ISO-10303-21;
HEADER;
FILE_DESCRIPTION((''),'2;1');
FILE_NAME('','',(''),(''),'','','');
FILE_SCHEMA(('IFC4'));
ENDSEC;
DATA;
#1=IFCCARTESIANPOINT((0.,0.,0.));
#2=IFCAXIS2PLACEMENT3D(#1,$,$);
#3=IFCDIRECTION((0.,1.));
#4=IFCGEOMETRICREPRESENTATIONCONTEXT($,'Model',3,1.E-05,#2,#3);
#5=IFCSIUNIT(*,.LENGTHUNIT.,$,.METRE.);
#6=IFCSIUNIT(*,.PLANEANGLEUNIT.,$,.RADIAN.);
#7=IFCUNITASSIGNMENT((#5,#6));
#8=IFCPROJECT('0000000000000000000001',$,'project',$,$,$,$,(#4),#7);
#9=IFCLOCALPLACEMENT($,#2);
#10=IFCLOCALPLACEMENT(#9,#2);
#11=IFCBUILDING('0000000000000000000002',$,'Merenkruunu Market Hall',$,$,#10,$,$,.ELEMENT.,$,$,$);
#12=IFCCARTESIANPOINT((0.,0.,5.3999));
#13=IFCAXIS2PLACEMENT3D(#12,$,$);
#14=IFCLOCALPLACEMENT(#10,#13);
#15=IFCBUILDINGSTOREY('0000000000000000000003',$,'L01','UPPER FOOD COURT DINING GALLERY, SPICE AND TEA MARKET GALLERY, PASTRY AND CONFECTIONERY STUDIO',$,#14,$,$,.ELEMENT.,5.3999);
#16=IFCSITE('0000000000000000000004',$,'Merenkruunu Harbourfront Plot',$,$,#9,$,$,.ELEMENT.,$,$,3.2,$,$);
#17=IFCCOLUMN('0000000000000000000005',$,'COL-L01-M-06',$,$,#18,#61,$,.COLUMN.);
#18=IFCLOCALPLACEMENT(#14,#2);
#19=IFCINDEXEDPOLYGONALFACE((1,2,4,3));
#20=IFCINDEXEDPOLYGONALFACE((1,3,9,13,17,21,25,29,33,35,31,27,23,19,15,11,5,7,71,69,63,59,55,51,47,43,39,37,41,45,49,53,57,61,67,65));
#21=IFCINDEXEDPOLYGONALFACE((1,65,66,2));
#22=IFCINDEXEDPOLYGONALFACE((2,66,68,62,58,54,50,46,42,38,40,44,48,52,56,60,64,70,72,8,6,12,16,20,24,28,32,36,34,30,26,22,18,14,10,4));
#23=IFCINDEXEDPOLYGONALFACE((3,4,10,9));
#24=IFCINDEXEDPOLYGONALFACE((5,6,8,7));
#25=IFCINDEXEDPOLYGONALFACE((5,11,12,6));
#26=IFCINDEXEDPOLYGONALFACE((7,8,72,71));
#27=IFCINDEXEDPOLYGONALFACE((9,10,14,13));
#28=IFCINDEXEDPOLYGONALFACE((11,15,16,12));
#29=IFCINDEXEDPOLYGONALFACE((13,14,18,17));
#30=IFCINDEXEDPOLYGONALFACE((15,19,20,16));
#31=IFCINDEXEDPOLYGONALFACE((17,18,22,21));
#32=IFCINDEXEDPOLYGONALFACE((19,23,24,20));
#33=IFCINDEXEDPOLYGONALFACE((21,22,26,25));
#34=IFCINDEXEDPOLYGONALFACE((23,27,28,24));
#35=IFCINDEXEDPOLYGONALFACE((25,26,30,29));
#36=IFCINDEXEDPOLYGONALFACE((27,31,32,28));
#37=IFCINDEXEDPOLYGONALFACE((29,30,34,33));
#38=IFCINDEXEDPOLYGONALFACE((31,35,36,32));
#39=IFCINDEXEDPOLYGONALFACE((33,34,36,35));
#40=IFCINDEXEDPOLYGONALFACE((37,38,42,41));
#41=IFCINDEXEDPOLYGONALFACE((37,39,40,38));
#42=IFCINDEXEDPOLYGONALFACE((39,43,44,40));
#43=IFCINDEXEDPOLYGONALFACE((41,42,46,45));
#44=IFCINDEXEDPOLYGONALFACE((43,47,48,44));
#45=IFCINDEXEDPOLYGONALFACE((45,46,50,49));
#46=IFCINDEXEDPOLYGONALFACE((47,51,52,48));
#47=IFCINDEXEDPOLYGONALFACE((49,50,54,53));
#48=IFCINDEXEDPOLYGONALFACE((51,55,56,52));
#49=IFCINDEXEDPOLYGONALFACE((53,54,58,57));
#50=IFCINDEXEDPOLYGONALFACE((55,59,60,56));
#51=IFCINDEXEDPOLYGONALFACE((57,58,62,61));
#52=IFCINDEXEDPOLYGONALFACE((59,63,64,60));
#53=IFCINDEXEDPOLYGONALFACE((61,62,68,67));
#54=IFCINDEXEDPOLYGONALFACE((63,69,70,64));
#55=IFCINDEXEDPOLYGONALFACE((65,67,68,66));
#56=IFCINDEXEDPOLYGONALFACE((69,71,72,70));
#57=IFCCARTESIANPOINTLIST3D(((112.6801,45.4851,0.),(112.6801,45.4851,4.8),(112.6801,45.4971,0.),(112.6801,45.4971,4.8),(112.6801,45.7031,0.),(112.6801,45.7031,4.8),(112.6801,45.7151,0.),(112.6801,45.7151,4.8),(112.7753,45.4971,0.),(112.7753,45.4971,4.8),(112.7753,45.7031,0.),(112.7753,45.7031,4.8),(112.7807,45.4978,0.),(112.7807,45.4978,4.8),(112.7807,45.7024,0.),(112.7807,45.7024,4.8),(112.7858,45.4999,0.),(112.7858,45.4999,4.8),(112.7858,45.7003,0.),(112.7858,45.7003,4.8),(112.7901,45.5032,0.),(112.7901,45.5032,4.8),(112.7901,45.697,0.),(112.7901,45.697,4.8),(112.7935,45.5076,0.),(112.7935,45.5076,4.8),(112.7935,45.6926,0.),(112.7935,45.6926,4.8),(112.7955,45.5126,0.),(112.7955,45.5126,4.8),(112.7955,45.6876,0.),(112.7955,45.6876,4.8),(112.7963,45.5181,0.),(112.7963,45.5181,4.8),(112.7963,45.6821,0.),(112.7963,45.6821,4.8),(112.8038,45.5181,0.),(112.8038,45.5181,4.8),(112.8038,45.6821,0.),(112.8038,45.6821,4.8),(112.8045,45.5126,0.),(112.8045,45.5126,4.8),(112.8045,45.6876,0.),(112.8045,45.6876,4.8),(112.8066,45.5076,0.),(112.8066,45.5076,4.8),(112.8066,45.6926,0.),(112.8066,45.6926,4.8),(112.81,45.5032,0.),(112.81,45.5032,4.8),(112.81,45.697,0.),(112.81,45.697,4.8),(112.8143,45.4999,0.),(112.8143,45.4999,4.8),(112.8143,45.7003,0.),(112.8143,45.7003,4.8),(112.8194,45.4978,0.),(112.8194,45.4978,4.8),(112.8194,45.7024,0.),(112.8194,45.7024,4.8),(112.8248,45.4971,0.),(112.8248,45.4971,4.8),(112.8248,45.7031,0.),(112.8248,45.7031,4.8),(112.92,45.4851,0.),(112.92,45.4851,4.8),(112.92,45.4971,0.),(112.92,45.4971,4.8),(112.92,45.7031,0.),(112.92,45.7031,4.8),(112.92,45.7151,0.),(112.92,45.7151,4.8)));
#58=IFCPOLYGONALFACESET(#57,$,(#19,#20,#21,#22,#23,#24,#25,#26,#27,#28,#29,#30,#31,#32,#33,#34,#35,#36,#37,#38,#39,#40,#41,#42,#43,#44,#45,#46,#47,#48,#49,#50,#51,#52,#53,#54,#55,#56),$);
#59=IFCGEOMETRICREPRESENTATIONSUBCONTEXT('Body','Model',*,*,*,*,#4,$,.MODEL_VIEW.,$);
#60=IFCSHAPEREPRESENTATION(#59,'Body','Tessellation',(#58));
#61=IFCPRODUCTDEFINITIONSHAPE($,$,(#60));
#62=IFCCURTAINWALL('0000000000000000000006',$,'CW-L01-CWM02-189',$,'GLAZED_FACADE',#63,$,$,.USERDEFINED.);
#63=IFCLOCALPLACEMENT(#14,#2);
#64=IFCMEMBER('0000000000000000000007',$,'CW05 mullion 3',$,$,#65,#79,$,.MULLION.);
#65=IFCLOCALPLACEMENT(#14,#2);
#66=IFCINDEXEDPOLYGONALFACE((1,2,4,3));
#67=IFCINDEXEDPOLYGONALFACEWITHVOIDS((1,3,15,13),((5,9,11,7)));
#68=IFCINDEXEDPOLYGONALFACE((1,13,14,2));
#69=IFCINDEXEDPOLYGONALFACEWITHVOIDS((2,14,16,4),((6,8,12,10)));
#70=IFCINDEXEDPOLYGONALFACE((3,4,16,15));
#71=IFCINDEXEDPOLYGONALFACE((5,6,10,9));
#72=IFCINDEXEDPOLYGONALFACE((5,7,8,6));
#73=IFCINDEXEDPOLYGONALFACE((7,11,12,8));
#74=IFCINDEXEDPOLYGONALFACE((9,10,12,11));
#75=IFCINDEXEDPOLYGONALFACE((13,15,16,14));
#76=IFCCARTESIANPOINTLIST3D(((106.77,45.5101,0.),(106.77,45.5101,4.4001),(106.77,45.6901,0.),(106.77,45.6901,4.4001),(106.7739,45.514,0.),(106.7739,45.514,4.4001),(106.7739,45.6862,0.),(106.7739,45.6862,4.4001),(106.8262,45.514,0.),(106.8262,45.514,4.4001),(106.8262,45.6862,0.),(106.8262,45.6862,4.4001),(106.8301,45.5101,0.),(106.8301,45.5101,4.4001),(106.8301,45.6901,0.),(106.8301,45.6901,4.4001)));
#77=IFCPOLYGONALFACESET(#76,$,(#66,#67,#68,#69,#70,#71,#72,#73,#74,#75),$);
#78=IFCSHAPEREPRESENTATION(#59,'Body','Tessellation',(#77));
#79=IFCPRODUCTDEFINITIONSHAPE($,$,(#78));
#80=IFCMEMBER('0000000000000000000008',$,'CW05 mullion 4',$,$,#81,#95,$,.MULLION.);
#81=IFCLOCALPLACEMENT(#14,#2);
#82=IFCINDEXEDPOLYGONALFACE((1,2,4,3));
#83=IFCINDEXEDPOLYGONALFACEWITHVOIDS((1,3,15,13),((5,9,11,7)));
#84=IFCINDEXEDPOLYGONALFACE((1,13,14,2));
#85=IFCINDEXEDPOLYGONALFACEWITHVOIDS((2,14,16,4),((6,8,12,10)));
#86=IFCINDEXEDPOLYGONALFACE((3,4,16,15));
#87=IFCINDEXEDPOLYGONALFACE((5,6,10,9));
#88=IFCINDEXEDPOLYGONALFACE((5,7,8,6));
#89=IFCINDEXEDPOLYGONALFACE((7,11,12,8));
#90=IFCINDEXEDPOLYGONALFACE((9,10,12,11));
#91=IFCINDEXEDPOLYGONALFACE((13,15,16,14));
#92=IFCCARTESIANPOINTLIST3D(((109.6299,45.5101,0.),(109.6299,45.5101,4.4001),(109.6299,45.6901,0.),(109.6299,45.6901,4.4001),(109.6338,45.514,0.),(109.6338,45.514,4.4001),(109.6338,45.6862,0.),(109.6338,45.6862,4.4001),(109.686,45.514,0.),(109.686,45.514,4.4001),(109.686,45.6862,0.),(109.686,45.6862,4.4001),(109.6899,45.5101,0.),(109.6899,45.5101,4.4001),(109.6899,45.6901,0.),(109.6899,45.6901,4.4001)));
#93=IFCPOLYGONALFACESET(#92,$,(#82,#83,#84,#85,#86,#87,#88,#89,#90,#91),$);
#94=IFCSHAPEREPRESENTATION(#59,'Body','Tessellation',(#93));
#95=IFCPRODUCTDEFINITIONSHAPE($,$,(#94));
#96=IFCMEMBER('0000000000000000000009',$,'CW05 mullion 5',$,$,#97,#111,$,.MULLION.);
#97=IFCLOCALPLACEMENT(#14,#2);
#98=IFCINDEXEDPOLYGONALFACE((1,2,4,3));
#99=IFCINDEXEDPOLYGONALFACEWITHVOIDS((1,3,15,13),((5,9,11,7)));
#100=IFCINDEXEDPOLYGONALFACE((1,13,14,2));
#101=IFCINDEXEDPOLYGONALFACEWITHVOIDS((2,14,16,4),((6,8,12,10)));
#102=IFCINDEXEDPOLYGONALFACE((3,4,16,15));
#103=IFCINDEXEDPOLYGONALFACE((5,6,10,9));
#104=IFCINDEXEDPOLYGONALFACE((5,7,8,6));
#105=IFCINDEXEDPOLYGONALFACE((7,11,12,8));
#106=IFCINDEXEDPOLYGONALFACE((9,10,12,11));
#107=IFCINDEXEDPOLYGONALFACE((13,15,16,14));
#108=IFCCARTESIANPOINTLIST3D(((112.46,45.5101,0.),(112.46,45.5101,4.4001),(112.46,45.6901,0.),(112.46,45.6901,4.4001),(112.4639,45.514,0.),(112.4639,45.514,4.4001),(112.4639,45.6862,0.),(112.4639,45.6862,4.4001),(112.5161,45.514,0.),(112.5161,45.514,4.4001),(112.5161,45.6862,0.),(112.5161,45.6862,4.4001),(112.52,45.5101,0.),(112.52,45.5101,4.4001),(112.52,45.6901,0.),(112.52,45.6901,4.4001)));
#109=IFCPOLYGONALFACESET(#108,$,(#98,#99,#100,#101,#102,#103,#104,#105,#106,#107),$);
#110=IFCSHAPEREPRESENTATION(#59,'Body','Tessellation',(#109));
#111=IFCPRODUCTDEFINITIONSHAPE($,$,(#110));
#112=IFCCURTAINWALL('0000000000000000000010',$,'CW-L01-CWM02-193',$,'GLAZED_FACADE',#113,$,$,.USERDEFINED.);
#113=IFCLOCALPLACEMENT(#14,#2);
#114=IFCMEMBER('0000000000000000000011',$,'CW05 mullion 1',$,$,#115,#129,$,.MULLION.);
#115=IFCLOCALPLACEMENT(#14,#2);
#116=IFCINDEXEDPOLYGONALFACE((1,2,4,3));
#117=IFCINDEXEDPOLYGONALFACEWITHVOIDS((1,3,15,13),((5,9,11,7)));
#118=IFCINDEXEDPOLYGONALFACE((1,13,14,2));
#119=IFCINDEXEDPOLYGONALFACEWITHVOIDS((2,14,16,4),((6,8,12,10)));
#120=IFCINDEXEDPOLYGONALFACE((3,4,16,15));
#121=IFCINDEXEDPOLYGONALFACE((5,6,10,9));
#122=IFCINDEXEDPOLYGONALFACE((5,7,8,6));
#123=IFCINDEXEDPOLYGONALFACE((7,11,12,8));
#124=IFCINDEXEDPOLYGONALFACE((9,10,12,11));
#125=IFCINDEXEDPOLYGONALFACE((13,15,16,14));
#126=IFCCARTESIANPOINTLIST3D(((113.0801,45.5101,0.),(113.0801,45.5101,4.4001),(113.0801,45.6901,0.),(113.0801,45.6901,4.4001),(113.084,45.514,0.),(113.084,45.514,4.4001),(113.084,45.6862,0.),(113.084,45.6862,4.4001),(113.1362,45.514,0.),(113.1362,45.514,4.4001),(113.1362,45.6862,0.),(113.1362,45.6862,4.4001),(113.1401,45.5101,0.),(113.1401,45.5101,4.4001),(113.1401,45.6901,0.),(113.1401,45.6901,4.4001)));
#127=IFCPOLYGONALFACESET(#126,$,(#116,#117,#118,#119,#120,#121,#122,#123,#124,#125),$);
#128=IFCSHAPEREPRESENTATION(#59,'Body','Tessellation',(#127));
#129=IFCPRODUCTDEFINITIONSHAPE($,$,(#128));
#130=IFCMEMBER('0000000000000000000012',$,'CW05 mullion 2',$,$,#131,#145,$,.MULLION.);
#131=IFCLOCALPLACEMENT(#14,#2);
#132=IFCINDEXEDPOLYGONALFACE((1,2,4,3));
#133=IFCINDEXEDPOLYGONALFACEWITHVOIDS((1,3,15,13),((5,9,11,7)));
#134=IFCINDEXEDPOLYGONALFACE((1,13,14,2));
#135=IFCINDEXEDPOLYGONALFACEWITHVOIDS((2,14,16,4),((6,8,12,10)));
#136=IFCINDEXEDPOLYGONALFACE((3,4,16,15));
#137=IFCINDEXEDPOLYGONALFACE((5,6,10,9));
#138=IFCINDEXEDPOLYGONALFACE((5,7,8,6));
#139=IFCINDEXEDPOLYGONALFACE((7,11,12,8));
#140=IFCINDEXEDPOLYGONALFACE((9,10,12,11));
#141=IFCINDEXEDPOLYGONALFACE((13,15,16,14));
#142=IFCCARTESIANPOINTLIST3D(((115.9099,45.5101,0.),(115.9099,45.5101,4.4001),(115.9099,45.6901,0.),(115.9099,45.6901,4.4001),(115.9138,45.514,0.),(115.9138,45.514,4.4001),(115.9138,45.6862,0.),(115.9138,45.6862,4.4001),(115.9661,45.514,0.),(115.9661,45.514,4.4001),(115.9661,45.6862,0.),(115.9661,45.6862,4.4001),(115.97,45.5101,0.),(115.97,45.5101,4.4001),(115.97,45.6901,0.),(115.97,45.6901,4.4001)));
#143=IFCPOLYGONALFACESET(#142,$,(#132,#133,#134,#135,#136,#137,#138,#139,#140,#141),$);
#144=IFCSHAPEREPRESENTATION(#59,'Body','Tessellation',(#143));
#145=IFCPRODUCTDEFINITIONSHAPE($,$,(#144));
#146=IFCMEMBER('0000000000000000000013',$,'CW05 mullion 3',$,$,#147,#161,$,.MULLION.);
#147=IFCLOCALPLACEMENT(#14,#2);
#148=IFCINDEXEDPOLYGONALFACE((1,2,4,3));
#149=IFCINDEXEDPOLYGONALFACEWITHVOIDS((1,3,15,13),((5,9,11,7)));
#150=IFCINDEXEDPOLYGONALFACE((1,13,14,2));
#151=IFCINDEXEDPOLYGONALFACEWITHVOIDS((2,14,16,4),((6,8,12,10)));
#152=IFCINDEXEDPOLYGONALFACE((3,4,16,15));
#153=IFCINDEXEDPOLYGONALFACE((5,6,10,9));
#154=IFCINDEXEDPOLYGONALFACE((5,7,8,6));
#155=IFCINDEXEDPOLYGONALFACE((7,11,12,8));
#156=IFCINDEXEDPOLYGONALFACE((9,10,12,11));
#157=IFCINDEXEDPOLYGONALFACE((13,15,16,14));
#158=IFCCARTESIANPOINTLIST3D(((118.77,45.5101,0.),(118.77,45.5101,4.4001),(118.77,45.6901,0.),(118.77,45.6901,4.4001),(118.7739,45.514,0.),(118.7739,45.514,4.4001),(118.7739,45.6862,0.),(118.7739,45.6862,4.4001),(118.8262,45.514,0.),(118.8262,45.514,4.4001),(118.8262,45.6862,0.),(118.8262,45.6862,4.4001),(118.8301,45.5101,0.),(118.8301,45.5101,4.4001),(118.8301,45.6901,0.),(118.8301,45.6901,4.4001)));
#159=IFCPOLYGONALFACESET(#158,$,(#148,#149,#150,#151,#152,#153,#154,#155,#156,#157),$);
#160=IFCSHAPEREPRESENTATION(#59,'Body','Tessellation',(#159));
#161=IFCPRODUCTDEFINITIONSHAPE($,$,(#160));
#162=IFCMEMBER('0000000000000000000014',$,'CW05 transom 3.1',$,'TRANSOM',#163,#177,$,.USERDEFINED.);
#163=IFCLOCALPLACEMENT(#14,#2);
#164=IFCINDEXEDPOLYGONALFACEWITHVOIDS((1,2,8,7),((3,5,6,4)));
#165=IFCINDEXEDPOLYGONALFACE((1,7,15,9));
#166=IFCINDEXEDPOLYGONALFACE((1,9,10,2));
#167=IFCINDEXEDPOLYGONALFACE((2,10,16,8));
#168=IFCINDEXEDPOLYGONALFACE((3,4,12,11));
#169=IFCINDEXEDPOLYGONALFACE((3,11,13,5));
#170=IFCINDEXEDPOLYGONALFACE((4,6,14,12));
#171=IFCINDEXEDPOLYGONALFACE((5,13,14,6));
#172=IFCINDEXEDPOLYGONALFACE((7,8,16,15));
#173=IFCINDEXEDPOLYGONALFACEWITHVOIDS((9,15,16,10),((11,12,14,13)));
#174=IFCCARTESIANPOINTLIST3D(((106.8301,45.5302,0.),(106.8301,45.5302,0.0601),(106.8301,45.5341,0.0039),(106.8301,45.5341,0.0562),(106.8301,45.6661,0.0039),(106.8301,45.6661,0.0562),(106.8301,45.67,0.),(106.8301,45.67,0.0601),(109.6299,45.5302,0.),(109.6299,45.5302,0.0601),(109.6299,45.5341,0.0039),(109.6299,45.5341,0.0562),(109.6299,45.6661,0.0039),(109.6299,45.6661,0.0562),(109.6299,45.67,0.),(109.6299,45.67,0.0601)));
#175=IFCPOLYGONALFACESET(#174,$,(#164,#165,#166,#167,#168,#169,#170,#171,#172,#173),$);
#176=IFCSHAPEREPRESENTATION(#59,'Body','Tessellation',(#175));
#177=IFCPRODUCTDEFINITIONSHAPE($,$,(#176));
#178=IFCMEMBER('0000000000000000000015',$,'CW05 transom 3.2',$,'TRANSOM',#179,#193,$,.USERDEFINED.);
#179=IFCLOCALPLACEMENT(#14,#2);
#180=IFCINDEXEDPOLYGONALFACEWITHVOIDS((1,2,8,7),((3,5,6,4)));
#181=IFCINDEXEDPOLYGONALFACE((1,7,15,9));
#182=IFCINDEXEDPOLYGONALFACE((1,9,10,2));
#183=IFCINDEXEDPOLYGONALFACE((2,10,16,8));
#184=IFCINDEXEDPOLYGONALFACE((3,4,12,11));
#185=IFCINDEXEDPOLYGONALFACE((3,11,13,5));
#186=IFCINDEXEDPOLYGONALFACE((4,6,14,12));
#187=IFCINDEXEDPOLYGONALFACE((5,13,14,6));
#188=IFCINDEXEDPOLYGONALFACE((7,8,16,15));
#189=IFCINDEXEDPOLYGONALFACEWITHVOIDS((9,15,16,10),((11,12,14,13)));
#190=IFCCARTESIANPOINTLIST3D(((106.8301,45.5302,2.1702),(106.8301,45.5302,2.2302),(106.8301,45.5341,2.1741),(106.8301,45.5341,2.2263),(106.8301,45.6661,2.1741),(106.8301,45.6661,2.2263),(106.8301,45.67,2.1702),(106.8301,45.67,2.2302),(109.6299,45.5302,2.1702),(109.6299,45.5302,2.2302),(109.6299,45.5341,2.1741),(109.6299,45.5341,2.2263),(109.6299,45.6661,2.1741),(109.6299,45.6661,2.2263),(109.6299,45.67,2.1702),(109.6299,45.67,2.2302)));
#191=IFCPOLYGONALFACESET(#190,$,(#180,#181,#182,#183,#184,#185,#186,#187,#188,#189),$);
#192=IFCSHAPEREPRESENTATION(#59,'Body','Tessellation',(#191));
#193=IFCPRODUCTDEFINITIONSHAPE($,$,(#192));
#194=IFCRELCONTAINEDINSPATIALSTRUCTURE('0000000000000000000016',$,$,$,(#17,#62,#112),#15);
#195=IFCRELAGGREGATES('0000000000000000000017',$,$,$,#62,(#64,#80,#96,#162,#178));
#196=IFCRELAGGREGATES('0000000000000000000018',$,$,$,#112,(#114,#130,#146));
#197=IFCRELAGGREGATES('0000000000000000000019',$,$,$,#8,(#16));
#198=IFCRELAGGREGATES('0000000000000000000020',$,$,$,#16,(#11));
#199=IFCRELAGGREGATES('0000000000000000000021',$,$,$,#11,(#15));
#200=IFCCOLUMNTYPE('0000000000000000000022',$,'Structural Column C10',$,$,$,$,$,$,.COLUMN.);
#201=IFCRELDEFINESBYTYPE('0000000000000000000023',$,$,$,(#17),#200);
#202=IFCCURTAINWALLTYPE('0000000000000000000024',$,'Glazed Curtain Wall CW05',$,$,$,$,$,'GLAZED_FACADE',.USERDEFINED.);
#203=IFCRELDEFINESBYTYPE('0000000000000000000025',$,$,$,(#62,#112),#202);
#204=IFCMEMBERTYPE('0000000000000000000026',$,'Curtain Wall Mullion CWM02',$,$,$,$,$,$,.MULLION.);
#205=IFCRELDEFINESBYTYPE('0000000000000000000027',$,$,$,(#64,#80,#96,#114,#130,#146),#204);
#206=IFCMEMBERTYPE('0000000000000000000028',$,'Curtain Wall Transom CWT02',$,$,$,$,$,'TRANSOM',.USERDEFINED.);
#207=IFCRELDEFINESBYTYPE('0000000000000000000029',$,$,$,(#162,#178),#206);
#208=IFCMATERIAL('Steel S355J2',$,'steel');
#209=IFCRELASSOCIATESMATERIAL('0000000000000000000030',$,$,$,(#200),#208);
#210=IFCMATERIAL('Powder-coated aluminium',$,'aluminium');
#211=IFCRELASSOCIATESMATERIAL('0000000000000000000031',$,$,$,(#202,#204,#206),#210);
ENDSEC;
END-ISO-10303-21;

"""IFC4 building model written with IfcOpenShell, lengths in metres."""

from ifc_helpers import new_model, si_unit, direction, frame, origin, origin_2d, place, context, subcontext, project, spatial, hollow_rectangle, i_section, extrude, material, material_profile, profile_set, type_object, element, aggregate, save


model = new_model("IFC4")

# Units and contexts
model_context = context("Model", 3, precision=1e-05, world=origin(), true_north=direction((0.0, 1.0)))
body_context = subcontext(model_context, "Body", "Model", "MODEL_VIEW")
ifc_project = project(units=[si_unit("LENGTHUNIT", "METRE"), si_unit("PLANEANGLEUNIT", "RADIAN")], contexts=[model_context])

# Site, building, storey
site_placement = place(None, origin())
site = spatial("IfcSite", under=ifc_project, at=site_placement, Name="Merenkruunu Harbourfront Plot", CompositionType="ELEMENT", RefElevation=3.2)
building_placement = place(site_placement, origin())
building = spatial("IfcBuilding", under=site, at=building_placement, Name="Merenkruunu Market Hall", CompositionType="ELEMENT")
storey_placement = place(building_placement, frame((0.0, 0.0, 5.3999)))
storey = spatial("IfcBuildingStorey", under=building, at=storey_placement, Name="L01", Description="UPPER FOOD COURT DINING GALLERY, SPICE AND TEA MARKET GALLERY, PASTRY AND CONFECTIONERY STUDIO", CompositionType="ELEMENT", Elevation=5.3999)

# Column
ifc_material_1 = material(Name="Steel S355J2", Category="steel")
ifc_material_profile_1 = material_profile(ifc_material_1, i_section(OverallWidth=0.24, OverallDepth=0.23, WebThickness=0.0076, FlangeThickness=0.012, FilletRadius=0.021, at=origin_2d()), Name="HEA 240")
ifc_profile_set_1 = profile_set([ifc_material_profile_1], Name="Steel S355J2")
column_type = type_object("IfcColumnType", Name="Structural Column C10", PredefinedType="COLUMN", material=ifc_profile_set_1)
column_placement = place(storey_placement, frame((112.8, 45.6001, 0.0), z_axis=(0.0, 0.0, 1.0), x_axis=(1.0, 0.0, 0.0)))
element("IfcColumn", 1, at=column_placement, inside=storey, type_object=column_type, Name="COL-L01-M-06", PredefinedType="COLUMN", context=body_context, shape_type="SweptSolid", body=[
    extrude(i_section(OverallWidth=0.24, OverallDepth=0.23, WebThickness=0.0076, FlangeThickness=0.012, FilletRadius=0.021, at=origin_2d()), origin(), (0.0, 0.0, 1.0), 4.8),
])

# Curtain walls, members
ifc_material_2 = material(Name="Powder-coated aluminium", Category="aluminium")
curtain_wall_type = type_object("IfcCurtainWallType", Name="Glazed Curtain Wall CW05", ElementType="GLAZED_FACADE", PredefinedType="USERDEFINED", material=ifc_material_2)
curtain_wall_1_placement = place(storey_placement, origin())
curtain_wall_1 = element("IfcCurtainWall", 2, at=curtain_wall_1_placement, inside=storey, type_object=curtain_wall_type, Name="CW-L01-CWM02-189", ObjectType="GLAZED_FACADE", PredefinedType="USERDEFINED")
ifc_material_profile_2 = material_profile(ifc_material_2, hollow_rectangle(XDim=0.0601, YDim=0.1799, WallThickness=0.0039, at=origin_2d()), Name="ALU 60x180x4")
ifc_profile_set_2 = profile_set([ifc_material_profile_2], Name="Powder-coated aluminium")
member_type_1 = type_object("IfcMemberType", Name="Curtain Wall Mullion CWM02", PredefinedType="MULLION", material=ifc_profile_set_2)
member_1_placement = place(storey_placement, frame((106.8, 45.6001, 0.0), z_axis=(0.0, 0.0, 1.0), x_axis=(1.0, 0.0, 0.0)))
member_1 = element("IfcMember", 3, at=member_1_placement, type_object=member_type_1, Name="CW05 mullion 3", PredefinedType="MULLION", context=body_context, shape_type="SweptSolid", body=[
    extrude(hollow_rectangle(XDim=0.0601, YDim=0.1799, WallThickness=0.0039, at=origin_2d()), origin(), (0.0, 0.0, 1.0), 4.4001),
])
member_2_placement = place(storey_placement, frame((109.6599, 45.6001, 0.0), z_axis=(0.0, 0.0, 1.0), x_axis=(1.0, 0.0, 0.0)))
member_2 = element("IfcMember", 4, at=member_2_placement, type_object=member_type_1, Name="CW05 mullion 4", PredefinedType="MULLION", context=body_context, shape_type="SweptSolid", body=[
    extrude(hollow_rectangle(XDim=0.0601, YDim=0.1799, WallThickness=0.0039, at=origin_2d()), origin(), (0.0, 0.0, 1.0), 4.4001),
])
member_3_placement = place(storey_placement, frame((112.49, 45.6001, 0.0), z_axis=(0.0, 0.0, 1.0), x_axis=(1.0, 0.0, 0.0)))
member_3 = element("IfcMember", 5, at=member_3_placement, type_object=member_type_1, Name="CW05 mullion 5", PredefinedType="MULLION", context=body_context, shape_type="SweptSolid", body=[
    extrude(hollow_rectangle(XDim=0.0601, YDim=0.1799, WallThickness=0.0039, at=origin_2d()), origin(), (0.0, 0.0, 1.0), 4.4001),
])
curtain_wall_2_placement = place(storey_placement, origin())
curtain_wall_2 = element("IfcCurtainWall", 6, at=curtain_wall_2_placement, inside=storey, type_object=curtain_wall_type, Name="CW-L01-CWM02-193", ObjectType="GLAZED_FACADE", PredefinedType="USERDEFINED")
member_4_placement = place(storey_placement, frame((113.1101, 45.6001, 0.0), z_axis=(0.0, 0.0, 1.0), x_axis=(1.0, 0.0, 0.0)))
member_4 = element("IfcMember", 7, at=member_4_placement, type_object=member_type_1, Name="CW05 mullion 1", PredefinedType="MULLION", context=body_context, shape_type="SweptSolid", body=[
    extrude(hollow_rectangle(XDim=0.0601, YDim=0.1799, WallThickness=0.0039, at=origin_2d()), origin(), (0.0, 0.0, 1.0), 4.4001),
])
member_5_placement = place(storey_placement, frame((115.9399, 45.6001, 0.0), z_axis=(0.0, 0.0, 1.0), x_axis=(1.0, 0.0, 0.0)))
member_5 = element("IfcMember", 8, at=member_5_placement, type_object=member_type_1, Name="CW05 mullion 2", PredefinedType="MULLION", context=body_context, shape_type="SweptSolid", body=[
    extrude(hollow_rectangle(XDim=0.0601, YDim=0.1799, WallThickness=0.0039, at=origin_2d()), origin(), (0.0, 0.0, 1.0), 4.4001),
])
member_6_placement = place(storey_placement, frame((118.8, 45.6001, 0.0), z_axis=(0.0, 0.0, 1.0), x_axis=(1.0, 0.0, 0.0)))
member_6 = element("IfcMember", 9, at=member_6_placement, type_object=member_type_1, Name="CW05 mullion 3", PredefinedType="MULLION", context=body_context, shape_type="SweptSolid", body=[
    extrude(hollow_rectangle(XDim=0.0601, YDim=0.1799, WallThickness=0.0039, at=origin_2d()), origin(), (0.0, 0.0, 1.0), 4.4001),
])

# Members
ifc_material_profile_3 = material_profile(ifc_material_2, hollow_rectangle(XDim=0.0601, YDim=0.1399, WallThickness=0.0039, at=origin_2d()), Name="ALU 60x140x4")
ifc_profile_set_3 = profile_set([ifc_material_profile_3], Name="Powder-coated aluminium")
member_type_2 = type_object("IfcMemberType", Name="Curtain Wall Transom CWT02", ElementType="TRANSOM", PredefinedType="USERDEFINED", material=ifc_profile_set_3)
member_7_placement = place(storey_placement, frame((106.8301, 45.6001, 0.03), z_axis=(1.0, 0.0, 0.0), x_axis=(0.0, 0.0, 1.0)))
member_7 = element("IfcMember", 10, at=member_7_placement, type_object=member_type_2, Name="CW05 transom 3.1", ObjectType="TRANSOM", PredefinedType="USERDEFINED", context=body_context, shape_type="SweptSolid", body=[
    extrude(hollow_rectangle(XDim=0.0601, YDim=0.1399, WallThickness=0.0039, at=origin_2d()), origin(), (0.0, 0.0, 1.0), 2.7998),
])
member_8_placement = place(storey_placement, frame((106.8301, 45.6001, 2.2002), z_axis=(1.0, 0.0, 0.0), x_axis=(0.0, 0.0, 1.0)))
member_8 = element("IfcMember", 11, at=member_8_placement, type_object=member_type_2, Name="CW05 transom 3.2", ObjectType="TRANSOM", PredefinedType="USERDEFINED", context=body_context, shape_type="SweptSolid", body=[
    extrude(hollow_rectangle(XDim=0.0601, YDim=0.1399, WallThickness=0.0039, at=origin_2d()), origin(), (0.0, 0.0, 1.0), 2.7998),
])

aggregate(curtain_wall_1, [member_1, member_2, member_3, member_7, member_8])
aggregate(curtain_wall_2, [member_4, member_5, member_6])

save(model, "model.ifc")
